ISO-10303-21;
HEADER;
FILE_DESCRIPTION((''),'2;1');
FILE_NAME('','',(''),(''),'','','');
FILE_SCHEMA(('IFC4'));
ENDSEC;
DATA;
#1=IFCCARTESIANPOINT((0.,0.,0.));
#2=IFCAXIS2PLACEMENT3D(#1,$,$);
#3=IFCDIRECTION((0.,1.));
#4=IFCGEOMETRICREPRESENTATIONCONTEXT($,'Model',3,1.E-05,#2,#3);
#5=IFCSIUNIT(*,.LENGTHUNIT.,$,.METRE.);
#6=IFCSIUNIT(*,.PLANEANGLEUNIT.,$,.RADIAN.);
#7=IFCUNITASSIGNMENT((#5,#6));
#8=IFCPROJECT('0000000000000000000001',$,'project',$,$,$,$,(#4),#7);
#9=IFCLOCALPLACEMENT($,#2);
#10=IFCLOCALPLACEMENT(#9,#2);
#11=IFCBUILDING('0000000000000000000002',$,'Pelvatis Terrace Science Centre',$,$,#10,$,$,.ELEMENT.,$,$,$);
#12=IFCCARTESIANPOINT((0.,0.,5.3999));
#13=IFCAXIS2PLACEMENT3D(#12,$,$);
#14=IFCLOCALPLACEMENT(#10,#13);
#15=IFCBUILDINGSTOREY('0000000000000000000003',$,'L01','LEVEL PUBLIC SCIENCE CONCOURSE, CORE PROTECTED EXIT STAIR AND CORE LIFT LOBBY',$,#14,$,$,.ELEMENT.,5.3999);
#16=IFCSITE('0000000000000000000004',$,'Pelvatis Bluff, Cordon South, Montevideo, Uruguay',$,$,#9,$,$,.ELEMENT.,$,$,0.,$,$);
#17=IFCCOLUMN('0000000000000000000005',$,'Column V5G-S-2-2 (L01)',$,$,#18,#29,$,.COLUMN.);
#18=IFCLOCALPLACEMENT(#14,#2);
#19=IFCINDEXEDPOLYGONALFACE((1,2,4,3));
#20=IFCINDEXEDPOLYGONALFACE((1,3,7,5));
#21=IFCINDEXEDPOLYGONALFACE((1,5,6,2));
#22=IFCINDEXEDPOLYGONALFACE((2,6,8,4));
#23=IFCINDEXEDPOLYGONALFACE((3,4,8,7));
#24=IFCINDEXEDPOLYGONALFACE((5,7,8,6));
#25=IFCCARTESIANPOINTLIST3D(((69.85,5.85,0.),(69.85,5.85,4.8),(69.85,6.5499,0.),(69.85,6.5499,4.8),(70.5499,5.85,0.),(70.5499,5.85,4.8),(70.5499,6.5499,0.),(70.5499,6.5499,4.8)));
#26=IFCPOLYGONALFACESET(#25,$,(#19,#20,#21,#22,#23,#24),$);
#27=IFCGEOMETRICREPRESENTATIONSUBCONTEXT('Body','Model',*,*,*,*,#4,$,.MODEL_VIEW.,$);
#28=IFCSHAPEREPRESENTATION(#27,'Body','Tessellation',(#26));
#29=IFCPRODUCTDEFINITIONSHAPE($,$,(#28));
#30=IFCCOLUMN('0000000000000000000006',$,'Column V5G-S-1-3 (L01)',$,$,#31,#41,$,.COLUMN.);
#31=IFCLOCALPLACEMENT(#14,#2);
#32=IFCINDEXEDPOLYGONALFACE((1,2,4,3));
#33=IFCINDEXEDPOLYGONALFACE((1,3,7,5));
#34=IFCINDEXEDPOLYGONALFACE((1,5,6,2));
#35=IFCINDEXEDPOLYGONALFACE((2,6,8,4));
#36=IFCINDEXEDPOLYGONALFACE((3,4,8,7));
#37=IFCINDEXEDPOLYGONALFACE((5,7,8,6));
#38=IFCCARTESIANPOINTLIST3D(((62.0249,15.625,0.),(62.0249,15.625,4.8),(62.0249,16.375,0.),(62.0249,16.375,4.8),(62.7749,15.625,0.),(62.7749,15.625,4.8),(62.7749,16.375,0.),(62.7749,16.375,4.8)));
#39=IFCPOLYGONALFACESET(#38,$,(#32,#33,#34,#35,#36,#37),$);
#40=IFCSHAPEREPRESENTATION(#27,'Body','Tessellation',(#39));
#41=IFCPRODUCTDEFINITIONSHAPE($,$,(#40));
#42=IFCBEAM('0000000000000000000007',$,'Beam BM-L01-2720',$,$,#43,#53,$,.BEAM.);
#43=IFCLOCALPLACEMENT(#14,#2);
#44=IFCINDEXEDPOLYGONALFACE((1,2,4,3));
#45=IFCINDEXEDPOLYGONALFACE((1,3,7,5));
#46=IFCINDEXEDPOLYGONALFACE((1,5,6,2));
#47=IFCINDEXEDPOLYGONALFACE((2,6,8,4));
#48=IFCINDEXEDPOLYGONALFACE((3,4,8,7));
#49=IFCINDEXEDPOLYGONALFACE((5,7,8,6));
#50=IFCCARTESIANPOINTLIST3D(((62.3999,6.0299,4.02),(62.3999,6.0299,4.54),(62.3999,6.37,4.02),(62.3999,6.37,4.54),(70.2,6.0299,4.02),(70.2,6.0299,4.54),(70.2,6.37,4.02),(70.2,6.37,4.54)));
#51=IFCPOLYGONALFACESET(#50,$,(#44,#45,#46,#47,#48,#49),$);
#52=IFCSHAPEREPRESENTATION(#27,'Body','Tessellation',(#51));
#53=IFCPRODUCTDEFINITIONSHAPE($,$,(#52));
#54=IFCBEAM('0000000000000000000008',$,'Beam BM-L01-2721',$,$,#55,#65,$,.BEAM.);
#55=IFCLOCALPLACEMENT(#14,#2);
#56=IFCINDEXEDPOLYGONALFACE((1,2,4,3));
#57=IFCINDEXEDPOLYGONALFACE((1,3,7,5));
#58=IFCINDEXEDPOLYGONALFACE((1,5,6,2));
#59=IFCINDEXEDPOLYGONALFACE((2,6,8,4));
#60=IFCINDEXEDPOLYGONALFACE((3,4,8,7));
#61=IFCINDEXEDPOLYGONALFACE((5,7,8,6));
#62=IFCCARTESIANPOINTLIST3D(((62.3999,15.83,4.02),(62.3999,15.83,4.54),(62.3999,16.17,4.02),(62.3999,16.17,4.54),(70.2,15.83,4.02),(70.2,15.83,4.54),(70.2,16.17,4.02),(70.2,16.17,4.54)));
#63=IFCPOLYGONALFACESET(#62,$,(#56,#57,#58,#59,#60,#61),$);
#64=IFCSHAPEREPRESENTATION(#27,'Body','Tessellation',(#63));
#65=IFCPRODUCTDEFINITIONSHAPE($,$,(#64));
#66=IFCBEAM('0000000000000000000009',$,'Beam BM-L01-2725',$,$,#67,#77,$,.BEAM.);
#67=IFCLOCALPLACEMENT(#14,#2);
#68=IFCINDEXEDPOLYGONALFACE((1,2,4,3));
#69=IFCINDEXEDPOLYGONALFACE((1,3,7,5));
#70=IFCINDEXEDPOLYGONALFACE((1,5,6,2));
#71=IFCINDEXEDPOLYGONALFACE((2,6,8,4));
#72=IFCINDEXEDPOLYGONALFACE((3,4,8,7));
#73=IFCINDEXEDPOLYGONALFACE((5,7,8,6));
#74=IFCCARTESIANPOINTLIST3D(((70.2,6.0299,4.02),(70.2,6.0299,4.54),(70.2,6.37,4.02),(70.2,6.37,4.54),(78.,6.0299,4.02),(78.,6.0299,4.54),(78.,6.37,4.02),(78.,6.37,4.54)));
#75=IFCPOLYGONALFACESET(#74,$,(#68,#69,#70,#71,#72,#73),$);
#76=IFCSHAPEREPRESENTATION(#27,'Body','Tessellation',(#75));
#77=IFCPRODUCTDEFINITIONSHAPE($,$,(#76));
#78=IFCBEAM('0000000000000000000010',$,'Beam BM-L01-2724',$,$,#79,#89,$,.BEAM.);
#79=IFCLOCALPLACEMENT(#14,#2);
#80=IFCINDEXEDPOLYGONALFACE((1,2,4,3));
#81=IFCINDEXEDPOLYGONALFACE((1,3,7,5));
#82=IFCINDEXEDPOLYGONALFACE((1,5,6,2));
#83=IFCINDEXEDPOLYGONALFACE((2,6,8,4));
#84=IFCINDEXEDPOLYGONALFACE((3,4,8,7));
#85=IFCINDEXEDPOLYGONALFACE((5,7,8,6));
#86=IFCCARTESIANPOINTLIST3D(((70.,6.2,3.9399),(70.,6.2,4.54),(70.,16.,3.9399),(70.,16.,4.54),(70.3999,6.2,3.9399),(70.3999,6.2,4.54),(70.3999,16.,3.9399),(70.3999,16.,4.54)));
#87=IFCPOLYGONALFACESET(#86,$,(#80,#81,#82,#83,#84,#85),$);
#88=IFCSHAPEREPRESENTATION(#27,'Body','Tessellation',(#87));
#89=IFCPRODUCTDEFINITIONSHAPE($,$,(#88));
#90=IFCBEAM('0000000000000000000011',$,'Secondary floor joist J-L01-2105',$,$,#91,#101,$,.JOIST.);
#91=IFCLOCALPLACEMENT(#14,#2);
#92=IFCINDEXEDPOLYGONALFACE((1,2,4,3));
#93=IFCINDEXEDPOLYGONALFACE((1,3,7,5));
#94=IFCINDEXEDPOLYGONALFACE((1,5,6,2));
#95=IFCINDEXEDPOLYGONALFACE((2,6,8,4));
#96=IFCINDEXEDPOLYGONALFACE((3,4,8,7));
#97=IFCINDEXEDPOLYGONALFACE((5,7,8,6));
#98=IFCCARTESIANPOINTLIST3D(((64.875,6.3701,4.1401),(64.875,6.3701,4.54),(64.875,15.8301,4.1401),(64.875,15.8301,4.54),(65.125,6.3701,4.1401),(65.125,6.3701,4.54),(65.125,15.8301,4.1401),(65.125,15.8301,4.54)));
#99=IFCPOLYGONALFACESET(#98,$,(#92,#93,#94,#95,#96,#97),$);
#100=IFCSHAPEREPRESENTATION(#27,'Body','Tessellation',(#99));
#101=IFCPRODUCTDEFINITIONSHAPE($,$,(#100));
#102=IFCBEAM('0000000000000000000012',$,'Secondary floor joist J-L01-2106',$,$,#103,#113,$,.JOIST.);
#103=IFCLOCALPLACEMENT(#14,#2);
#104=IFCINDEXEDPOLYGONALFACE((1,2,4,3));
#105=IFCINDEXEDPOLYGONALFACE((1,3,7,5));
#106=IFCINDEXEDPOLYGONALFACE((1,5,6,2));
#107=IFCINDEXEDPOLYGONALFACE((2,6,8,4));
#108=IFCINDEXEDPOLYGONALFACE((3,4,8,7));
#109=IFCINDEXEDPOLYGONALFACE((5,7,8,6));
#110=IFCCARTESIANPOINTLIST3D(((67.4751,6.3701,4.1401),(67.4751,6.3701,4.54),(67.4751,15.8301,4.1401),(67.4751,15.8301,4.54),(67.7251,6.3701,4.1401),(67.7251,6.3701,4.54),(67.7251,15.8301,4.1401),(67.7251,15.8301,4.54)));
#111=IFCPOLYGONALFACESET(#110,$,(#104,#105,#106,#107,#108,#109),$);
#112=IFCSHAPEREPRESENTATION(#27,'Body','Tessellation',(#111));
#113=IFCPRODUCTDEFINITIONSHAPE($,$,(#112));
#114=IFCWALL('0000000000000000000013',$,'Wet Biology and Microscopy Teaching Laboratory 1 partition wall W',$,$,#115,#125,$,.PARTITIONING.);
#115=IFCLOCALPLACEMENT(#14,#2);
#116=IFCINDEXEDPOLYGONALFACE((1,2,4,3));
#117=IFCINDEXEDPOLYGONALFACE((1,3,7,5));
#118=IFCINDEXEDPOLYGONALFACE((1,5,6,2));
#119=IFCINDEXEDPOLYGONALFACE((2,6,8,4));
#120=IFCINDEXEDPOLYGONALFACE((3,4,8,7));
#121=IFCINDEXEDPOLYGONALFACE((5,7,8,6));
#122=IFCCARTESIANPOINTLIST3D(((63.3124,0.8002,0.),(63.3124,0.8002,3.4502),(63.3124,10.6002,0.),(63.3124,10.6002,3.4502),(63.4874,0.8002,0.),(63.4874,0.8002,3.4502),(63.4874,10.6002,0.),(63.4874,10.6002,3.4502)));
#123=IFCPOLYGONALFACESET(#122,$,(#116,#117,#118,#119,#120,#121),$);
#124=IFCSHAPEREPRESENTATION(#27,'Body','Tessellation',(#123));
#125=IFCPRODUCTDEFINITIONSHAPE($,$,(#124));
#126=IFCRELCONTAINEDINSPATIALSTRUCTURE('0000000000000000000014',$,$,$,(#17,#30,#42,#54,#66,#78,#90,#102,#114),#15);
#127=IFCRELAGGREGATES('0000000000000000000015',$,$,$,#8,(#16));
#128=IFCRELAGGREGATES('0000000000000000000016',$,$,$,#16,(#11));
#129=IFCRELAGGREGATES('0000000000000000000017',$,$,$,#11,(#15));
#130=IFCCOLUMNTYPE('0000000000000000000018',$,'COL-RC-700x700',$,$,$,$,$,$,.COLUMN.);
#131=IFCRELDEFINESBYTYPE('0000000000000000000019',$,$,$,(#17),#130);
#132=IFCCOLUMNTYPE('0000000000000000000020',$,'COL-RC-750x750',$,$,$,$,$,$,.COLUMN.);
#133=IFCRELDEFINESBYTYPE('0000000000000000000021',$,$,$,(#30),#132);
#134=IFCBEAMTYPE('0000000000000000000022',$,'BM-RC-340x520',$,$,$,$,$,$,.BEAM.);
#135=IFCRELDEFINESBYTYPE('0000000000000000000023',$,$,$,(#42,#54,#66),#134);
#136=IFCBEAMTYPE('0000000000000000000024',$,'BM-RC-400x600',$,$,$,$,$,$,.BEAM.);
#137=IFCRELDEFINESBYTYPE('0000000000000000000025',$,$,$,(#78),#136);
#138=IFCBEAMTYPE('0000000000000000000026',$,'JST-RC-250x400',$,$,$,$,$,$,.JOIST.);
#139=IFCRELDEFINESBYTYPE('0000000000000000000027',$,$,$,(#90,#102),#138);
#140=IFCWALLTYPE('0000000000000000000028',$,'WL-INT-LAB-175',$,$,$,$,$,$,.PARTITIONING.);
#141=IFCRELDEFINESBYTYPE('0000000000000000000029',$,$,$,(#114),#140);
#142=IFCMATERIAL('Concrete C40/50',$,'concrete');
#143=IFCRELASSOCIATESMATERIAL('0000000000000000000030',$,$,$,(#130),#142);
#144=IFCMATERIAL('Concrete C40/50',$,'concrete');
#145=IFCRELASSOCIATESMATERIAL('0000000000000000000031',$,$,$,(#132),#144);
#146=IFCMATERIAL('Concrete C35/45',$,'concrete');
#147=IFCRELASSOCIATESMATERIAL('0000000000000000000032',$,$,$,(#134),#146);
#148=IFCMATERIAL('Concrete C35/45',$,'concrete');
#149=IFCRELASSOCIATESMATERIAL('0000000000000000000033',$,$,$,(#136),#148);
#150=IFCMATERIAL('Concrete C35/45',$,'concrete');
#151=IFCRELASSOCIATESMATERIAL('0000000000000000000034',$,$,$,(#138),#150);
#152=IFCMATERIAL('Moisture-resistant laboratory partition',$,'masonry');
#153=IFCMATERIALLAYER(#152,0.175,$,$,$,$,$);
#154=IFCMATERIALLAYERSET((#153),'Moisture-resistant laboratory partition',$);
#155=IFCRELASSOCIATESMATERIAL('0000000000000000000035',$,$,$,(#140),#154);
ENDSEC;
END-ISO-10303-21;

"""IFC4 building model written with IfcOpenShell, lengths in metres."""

from ifc_helpers import new_model, si_unit, direction, frame, frame_2d, origin, origin_2d, place, context, subcontext, project, spatial, rectangle, extrude, material, layer, layer_set, material_profile, profile_set, type_object, element, save


model = new_model("IFC4")

# Units and contexts
model_context = context("Model", 3, precision=1e-05, world=origin(), true_north=direction((0.0, 1.0)))
body_context = subcontext(model_context, "Body", "Model", "MODEL_VIEW")
ifc_project = project(units=[si_unit("LENGTHUNIT", "METRE"), si_unit("PLANEANGLEUNIT", "RADIAN")], contexts=[model_context])

# Site, building, storey
site_placement = place(None, origin())
site = spatial("IfcSite", under=ifc_project, at=site_placement, Name="Pelvatis Bluff, Cordon South, Montevideo, Uruguay", CompositionType="ELEMENT", RefElevation=0.0)
building_placement = place(site_placement, origin())
building = spatial("IfcBuilding", under=site, at=building_placement, Name="Pelvatis Terrace Science Centre", CompositionType="ELEMENT")
storey_placement = place(building_placement, frame((0.0, 0.0, 5.3999)))
storey = spatial("IfcBuildingStorey", under=building, at=storey_placement, Name="L01", Description="LEVEL PUBLIC SCIENCE CONCOURSE, CORE PROTECTED EXIT STAIR AND CORE LIFT LOBBY", CompositionType="ELEMENT", Elevation=5.3999)

# Columns
ifc_material_1 = material(Name="Concrete C40/50", Category="concrete")
ifc_material_profile_1 = material_profile(ifc_material_1, rectangle(XDim=0.7, YDim=0.7, at=origin_2d()), Name="RC-COL 700x700")
ifc_profile_set_1 = profile_set([ifc_material_profile_1], Name="Concrete C40/50")
column_type_1 = type_object("IfcColumnType", Name="COL-RC-700x700", PredefinedType="COLUMN", material=ifc_profile_set_1)
column_1_placement = place(storey_placement, frame((70.2, 6.2, 0.0), z_axis=(0.0, 0.0, 1.0), x_axis=(1.0, 0.0, 0.0)))
element("IfcColumn", 1, at=column_1_placement, inside=storey, type_object=column_type_1, Name="Column V5G-S-2-2 (L01)", PredefinedType="COLUMN", context=body_context, shape_type="SweptSolid", body=[
    extrude(rectangle(XDim=0.7, YDim=0.7, at=origin_2d()), origin(), (0.0, 0.0, 1.0), 4.8),
])
ifc_material_2 = material(Name="Concrete C40/50", Category="concrete")
ifc_material_profile_2 = material_profile(ifc_material_2, rectangle(XDim=0.75, YDim=0.75, at=origin_2d()), Name="RC-COL 750x750")
ifc_profile_set_2 = profile_set([ifc_material_profile_2], Name="Concrete C40/50")
column_type_2 = type_object("IfcColumnType", Name="COL-RC-750x750", PredefinedType="COLUMN", material=ifc_profile_set_2)
column_2_placement = place(storey_placement, frame((62.3999, 16.0, 0.0), z_axis=(0.0, 0.0, 1.0), x_axis=(1.0, 0.0, 0.0)))
element("IfcColumn", 2, at=column_2_placement, inside=storey, type_object=column_type_2, Name="Column V5G-S-1-3 (L01)", PredefinedType="COLUMN", context=body_context, shape_type="SweptSolid", body=[
    extrude(rectangle(XDim=0.75, YDim=0.75, at=origin_2d()), origin(), (0.0, 0.0, 1.0), 4.8),
])

# Beams
ifc_material_3 = material(Name="Concrete C35/45", Category="concrete")
ifc_material_profile_3 = material_profile(ifc_material_3, rectangle(XDim=0.3401, YDim=0.52, at=origin_2d()), Name="RC-BM 340x520")
ifc_profile_set_3 = profile_set([ifc_material_profile_3], Name="Concrete C35/45")
beam_type_1 = type_object("IfcBeamType", Name="BM-RC-340x520", PredefinedType="BEAM", material=ifc_profile_set_3)
for number, where, z_axis, x_axis, name in (
    (3, (62.3999, 6.2, 4.28), (1.0, 0.0, 0.0), (0.0, 1.0, 0.0), "Beam BM-L01-2720"),
    (4, (62.3999, 16.0, 4.28), (1.0, 0.0, 0.0), (0.0, 1.0, 0.0), "Beam BM-L01-2721"),
    (5, (70.2, 6.2, 4.28), (1.0, 0.0, 0.0), (0.0, 1.0, 0.0), "Beam BM-L01-2725"),
):
    element("IfcBeam", number, at=place(storey_placement, frame(where, z_axis=z_axis, x_axis=x_axis)), inside=storey, type_object=beam_type_1, Name=name, PredefinedType="BEAM", context=body_context, shape_type="SweptSolid", body=[
        extrude(rectangle(XDim=0.3401, YDim=0.52, at=origin_2d()), origin(), (0.0, 0.0, 1.0), 7.8),
    ])
ifc_material_4 = material(Name="Concrete C35/45", Category="concrete")
ifc_material_profile_4 = material_profile(ifc_material_4, rectangle(XDim=0.3999, YDim=0.6001, at=origin_2d()), Name="RC-BM 400x600")
ifc_profile_set_4 = profile_set([ifc_material_profile_4], Name="Concrete C35/45")
beam_type_2 = type_object("IfcBeamType", Name="BM-RC-400x600", PredefinedType="BEAM", material=ifc_profile_set_4)
beam_placement = place(storey_placement, frame((70.2, 6.2, 4.24), z_axis=(0.0, 1.0, 0.0), x_axis=(-1.0, 0.0, 0.0)))
element("IfcBeam", 6, at=beam_placement, inside=storey, type_object=beam_type_2, Name="Beam BM-L01-2724", PredefinedType="BEAM", context=body_context, shape_type="SweptSolid", body=[
    extrude(rectangle(XDim=0.3999, YDim=0.6001, at=origin_2d()), origin(), (0.0, 0.0, 1.0), 9.8),
])
ifc_material_5 = material(Name="Concrete C35/45", Category="concrete")
ifc_material_profile_5 = material_profile(ifc_material_5, rectangle(XDim=0.25, YDim=0.3999, at=origin_2d()), Name="RC-JST 250x400")
ifc_profile_set_5 = profile_set([ifc_material_profile_5], Name="Concrete C35/45")
beam_type_3 = type_object("IfcBeamType", Name="JST-RC-250x400", PredefinedType="JOIST", material=ifc_profile_set_5)
for number, where, z_axis, x_axis, name in (
    (7, (65.0, 6.3701, 4.3401), (0.0, 1.0, 0.0), (-1.0, 0.0, 0.0), "Secondary floor joist J-L01-2105"),
    (8, (67.6001, 6.3701, 4.3401), (0.0, 1.0, 0.0), (-1.0, 0.0, 0.0), "Secondary floor joist J-L01-2106"),
):
    element("IfcBeam", number, at=place(storey_placement, frame(where, z_axis=z_axis, x_axis=x_axis)), inside=storey, type_object=beam_type_3, Name=name, PredefinedType="JOIST", context=body_context, shape_type="SweptSolid", body=[
        extrude(rectangle(XDim=0.25, YDim=0.3999, at=origin_2d()), origin(), (0.0, 0.0, 1.0), 9.46),
    ])

# Wall
ifc_material_6 = material(Name="Moisture-resistant laboratory partition", Category="masonry")
ifc_layer_1 = layer(ifc_material_6, 0.175)
ifc_layer_set_1 = layer_set([ifc_layer_1], Name="Moisture-resistant laboratory partition")
wall_type_1 = type_object("IfcWallType", Name="WL-INT-LAB-175", PredefinedType="PARTITIONING", material=ifc_layer_set_1)
wall_1_placement = place(storey_placement, frame((63.3999, 10.6001, 0.0), z_axis=(0.0, 0.0, 1.0), x_axis=(0.0, -1.0, 0.0)))
element("IfcWall", 9, at=wall_1_placement, inside=storey, type_object=wall_type_1, Name="Wet Biology and Microscopy Teaching Laboratory 1 partition wall W", PredefinedType="PARTITIONING", context=body_context, shape_type="SweptSolid", body=[
    extrude(rectangle(XDim=9.8, YDim=0.175, at=frame_2d((4.8999, 0.0))), origin(), (0.0, 0.0, 1.0), 3.4502),
])

save(model, "model.ifc")
